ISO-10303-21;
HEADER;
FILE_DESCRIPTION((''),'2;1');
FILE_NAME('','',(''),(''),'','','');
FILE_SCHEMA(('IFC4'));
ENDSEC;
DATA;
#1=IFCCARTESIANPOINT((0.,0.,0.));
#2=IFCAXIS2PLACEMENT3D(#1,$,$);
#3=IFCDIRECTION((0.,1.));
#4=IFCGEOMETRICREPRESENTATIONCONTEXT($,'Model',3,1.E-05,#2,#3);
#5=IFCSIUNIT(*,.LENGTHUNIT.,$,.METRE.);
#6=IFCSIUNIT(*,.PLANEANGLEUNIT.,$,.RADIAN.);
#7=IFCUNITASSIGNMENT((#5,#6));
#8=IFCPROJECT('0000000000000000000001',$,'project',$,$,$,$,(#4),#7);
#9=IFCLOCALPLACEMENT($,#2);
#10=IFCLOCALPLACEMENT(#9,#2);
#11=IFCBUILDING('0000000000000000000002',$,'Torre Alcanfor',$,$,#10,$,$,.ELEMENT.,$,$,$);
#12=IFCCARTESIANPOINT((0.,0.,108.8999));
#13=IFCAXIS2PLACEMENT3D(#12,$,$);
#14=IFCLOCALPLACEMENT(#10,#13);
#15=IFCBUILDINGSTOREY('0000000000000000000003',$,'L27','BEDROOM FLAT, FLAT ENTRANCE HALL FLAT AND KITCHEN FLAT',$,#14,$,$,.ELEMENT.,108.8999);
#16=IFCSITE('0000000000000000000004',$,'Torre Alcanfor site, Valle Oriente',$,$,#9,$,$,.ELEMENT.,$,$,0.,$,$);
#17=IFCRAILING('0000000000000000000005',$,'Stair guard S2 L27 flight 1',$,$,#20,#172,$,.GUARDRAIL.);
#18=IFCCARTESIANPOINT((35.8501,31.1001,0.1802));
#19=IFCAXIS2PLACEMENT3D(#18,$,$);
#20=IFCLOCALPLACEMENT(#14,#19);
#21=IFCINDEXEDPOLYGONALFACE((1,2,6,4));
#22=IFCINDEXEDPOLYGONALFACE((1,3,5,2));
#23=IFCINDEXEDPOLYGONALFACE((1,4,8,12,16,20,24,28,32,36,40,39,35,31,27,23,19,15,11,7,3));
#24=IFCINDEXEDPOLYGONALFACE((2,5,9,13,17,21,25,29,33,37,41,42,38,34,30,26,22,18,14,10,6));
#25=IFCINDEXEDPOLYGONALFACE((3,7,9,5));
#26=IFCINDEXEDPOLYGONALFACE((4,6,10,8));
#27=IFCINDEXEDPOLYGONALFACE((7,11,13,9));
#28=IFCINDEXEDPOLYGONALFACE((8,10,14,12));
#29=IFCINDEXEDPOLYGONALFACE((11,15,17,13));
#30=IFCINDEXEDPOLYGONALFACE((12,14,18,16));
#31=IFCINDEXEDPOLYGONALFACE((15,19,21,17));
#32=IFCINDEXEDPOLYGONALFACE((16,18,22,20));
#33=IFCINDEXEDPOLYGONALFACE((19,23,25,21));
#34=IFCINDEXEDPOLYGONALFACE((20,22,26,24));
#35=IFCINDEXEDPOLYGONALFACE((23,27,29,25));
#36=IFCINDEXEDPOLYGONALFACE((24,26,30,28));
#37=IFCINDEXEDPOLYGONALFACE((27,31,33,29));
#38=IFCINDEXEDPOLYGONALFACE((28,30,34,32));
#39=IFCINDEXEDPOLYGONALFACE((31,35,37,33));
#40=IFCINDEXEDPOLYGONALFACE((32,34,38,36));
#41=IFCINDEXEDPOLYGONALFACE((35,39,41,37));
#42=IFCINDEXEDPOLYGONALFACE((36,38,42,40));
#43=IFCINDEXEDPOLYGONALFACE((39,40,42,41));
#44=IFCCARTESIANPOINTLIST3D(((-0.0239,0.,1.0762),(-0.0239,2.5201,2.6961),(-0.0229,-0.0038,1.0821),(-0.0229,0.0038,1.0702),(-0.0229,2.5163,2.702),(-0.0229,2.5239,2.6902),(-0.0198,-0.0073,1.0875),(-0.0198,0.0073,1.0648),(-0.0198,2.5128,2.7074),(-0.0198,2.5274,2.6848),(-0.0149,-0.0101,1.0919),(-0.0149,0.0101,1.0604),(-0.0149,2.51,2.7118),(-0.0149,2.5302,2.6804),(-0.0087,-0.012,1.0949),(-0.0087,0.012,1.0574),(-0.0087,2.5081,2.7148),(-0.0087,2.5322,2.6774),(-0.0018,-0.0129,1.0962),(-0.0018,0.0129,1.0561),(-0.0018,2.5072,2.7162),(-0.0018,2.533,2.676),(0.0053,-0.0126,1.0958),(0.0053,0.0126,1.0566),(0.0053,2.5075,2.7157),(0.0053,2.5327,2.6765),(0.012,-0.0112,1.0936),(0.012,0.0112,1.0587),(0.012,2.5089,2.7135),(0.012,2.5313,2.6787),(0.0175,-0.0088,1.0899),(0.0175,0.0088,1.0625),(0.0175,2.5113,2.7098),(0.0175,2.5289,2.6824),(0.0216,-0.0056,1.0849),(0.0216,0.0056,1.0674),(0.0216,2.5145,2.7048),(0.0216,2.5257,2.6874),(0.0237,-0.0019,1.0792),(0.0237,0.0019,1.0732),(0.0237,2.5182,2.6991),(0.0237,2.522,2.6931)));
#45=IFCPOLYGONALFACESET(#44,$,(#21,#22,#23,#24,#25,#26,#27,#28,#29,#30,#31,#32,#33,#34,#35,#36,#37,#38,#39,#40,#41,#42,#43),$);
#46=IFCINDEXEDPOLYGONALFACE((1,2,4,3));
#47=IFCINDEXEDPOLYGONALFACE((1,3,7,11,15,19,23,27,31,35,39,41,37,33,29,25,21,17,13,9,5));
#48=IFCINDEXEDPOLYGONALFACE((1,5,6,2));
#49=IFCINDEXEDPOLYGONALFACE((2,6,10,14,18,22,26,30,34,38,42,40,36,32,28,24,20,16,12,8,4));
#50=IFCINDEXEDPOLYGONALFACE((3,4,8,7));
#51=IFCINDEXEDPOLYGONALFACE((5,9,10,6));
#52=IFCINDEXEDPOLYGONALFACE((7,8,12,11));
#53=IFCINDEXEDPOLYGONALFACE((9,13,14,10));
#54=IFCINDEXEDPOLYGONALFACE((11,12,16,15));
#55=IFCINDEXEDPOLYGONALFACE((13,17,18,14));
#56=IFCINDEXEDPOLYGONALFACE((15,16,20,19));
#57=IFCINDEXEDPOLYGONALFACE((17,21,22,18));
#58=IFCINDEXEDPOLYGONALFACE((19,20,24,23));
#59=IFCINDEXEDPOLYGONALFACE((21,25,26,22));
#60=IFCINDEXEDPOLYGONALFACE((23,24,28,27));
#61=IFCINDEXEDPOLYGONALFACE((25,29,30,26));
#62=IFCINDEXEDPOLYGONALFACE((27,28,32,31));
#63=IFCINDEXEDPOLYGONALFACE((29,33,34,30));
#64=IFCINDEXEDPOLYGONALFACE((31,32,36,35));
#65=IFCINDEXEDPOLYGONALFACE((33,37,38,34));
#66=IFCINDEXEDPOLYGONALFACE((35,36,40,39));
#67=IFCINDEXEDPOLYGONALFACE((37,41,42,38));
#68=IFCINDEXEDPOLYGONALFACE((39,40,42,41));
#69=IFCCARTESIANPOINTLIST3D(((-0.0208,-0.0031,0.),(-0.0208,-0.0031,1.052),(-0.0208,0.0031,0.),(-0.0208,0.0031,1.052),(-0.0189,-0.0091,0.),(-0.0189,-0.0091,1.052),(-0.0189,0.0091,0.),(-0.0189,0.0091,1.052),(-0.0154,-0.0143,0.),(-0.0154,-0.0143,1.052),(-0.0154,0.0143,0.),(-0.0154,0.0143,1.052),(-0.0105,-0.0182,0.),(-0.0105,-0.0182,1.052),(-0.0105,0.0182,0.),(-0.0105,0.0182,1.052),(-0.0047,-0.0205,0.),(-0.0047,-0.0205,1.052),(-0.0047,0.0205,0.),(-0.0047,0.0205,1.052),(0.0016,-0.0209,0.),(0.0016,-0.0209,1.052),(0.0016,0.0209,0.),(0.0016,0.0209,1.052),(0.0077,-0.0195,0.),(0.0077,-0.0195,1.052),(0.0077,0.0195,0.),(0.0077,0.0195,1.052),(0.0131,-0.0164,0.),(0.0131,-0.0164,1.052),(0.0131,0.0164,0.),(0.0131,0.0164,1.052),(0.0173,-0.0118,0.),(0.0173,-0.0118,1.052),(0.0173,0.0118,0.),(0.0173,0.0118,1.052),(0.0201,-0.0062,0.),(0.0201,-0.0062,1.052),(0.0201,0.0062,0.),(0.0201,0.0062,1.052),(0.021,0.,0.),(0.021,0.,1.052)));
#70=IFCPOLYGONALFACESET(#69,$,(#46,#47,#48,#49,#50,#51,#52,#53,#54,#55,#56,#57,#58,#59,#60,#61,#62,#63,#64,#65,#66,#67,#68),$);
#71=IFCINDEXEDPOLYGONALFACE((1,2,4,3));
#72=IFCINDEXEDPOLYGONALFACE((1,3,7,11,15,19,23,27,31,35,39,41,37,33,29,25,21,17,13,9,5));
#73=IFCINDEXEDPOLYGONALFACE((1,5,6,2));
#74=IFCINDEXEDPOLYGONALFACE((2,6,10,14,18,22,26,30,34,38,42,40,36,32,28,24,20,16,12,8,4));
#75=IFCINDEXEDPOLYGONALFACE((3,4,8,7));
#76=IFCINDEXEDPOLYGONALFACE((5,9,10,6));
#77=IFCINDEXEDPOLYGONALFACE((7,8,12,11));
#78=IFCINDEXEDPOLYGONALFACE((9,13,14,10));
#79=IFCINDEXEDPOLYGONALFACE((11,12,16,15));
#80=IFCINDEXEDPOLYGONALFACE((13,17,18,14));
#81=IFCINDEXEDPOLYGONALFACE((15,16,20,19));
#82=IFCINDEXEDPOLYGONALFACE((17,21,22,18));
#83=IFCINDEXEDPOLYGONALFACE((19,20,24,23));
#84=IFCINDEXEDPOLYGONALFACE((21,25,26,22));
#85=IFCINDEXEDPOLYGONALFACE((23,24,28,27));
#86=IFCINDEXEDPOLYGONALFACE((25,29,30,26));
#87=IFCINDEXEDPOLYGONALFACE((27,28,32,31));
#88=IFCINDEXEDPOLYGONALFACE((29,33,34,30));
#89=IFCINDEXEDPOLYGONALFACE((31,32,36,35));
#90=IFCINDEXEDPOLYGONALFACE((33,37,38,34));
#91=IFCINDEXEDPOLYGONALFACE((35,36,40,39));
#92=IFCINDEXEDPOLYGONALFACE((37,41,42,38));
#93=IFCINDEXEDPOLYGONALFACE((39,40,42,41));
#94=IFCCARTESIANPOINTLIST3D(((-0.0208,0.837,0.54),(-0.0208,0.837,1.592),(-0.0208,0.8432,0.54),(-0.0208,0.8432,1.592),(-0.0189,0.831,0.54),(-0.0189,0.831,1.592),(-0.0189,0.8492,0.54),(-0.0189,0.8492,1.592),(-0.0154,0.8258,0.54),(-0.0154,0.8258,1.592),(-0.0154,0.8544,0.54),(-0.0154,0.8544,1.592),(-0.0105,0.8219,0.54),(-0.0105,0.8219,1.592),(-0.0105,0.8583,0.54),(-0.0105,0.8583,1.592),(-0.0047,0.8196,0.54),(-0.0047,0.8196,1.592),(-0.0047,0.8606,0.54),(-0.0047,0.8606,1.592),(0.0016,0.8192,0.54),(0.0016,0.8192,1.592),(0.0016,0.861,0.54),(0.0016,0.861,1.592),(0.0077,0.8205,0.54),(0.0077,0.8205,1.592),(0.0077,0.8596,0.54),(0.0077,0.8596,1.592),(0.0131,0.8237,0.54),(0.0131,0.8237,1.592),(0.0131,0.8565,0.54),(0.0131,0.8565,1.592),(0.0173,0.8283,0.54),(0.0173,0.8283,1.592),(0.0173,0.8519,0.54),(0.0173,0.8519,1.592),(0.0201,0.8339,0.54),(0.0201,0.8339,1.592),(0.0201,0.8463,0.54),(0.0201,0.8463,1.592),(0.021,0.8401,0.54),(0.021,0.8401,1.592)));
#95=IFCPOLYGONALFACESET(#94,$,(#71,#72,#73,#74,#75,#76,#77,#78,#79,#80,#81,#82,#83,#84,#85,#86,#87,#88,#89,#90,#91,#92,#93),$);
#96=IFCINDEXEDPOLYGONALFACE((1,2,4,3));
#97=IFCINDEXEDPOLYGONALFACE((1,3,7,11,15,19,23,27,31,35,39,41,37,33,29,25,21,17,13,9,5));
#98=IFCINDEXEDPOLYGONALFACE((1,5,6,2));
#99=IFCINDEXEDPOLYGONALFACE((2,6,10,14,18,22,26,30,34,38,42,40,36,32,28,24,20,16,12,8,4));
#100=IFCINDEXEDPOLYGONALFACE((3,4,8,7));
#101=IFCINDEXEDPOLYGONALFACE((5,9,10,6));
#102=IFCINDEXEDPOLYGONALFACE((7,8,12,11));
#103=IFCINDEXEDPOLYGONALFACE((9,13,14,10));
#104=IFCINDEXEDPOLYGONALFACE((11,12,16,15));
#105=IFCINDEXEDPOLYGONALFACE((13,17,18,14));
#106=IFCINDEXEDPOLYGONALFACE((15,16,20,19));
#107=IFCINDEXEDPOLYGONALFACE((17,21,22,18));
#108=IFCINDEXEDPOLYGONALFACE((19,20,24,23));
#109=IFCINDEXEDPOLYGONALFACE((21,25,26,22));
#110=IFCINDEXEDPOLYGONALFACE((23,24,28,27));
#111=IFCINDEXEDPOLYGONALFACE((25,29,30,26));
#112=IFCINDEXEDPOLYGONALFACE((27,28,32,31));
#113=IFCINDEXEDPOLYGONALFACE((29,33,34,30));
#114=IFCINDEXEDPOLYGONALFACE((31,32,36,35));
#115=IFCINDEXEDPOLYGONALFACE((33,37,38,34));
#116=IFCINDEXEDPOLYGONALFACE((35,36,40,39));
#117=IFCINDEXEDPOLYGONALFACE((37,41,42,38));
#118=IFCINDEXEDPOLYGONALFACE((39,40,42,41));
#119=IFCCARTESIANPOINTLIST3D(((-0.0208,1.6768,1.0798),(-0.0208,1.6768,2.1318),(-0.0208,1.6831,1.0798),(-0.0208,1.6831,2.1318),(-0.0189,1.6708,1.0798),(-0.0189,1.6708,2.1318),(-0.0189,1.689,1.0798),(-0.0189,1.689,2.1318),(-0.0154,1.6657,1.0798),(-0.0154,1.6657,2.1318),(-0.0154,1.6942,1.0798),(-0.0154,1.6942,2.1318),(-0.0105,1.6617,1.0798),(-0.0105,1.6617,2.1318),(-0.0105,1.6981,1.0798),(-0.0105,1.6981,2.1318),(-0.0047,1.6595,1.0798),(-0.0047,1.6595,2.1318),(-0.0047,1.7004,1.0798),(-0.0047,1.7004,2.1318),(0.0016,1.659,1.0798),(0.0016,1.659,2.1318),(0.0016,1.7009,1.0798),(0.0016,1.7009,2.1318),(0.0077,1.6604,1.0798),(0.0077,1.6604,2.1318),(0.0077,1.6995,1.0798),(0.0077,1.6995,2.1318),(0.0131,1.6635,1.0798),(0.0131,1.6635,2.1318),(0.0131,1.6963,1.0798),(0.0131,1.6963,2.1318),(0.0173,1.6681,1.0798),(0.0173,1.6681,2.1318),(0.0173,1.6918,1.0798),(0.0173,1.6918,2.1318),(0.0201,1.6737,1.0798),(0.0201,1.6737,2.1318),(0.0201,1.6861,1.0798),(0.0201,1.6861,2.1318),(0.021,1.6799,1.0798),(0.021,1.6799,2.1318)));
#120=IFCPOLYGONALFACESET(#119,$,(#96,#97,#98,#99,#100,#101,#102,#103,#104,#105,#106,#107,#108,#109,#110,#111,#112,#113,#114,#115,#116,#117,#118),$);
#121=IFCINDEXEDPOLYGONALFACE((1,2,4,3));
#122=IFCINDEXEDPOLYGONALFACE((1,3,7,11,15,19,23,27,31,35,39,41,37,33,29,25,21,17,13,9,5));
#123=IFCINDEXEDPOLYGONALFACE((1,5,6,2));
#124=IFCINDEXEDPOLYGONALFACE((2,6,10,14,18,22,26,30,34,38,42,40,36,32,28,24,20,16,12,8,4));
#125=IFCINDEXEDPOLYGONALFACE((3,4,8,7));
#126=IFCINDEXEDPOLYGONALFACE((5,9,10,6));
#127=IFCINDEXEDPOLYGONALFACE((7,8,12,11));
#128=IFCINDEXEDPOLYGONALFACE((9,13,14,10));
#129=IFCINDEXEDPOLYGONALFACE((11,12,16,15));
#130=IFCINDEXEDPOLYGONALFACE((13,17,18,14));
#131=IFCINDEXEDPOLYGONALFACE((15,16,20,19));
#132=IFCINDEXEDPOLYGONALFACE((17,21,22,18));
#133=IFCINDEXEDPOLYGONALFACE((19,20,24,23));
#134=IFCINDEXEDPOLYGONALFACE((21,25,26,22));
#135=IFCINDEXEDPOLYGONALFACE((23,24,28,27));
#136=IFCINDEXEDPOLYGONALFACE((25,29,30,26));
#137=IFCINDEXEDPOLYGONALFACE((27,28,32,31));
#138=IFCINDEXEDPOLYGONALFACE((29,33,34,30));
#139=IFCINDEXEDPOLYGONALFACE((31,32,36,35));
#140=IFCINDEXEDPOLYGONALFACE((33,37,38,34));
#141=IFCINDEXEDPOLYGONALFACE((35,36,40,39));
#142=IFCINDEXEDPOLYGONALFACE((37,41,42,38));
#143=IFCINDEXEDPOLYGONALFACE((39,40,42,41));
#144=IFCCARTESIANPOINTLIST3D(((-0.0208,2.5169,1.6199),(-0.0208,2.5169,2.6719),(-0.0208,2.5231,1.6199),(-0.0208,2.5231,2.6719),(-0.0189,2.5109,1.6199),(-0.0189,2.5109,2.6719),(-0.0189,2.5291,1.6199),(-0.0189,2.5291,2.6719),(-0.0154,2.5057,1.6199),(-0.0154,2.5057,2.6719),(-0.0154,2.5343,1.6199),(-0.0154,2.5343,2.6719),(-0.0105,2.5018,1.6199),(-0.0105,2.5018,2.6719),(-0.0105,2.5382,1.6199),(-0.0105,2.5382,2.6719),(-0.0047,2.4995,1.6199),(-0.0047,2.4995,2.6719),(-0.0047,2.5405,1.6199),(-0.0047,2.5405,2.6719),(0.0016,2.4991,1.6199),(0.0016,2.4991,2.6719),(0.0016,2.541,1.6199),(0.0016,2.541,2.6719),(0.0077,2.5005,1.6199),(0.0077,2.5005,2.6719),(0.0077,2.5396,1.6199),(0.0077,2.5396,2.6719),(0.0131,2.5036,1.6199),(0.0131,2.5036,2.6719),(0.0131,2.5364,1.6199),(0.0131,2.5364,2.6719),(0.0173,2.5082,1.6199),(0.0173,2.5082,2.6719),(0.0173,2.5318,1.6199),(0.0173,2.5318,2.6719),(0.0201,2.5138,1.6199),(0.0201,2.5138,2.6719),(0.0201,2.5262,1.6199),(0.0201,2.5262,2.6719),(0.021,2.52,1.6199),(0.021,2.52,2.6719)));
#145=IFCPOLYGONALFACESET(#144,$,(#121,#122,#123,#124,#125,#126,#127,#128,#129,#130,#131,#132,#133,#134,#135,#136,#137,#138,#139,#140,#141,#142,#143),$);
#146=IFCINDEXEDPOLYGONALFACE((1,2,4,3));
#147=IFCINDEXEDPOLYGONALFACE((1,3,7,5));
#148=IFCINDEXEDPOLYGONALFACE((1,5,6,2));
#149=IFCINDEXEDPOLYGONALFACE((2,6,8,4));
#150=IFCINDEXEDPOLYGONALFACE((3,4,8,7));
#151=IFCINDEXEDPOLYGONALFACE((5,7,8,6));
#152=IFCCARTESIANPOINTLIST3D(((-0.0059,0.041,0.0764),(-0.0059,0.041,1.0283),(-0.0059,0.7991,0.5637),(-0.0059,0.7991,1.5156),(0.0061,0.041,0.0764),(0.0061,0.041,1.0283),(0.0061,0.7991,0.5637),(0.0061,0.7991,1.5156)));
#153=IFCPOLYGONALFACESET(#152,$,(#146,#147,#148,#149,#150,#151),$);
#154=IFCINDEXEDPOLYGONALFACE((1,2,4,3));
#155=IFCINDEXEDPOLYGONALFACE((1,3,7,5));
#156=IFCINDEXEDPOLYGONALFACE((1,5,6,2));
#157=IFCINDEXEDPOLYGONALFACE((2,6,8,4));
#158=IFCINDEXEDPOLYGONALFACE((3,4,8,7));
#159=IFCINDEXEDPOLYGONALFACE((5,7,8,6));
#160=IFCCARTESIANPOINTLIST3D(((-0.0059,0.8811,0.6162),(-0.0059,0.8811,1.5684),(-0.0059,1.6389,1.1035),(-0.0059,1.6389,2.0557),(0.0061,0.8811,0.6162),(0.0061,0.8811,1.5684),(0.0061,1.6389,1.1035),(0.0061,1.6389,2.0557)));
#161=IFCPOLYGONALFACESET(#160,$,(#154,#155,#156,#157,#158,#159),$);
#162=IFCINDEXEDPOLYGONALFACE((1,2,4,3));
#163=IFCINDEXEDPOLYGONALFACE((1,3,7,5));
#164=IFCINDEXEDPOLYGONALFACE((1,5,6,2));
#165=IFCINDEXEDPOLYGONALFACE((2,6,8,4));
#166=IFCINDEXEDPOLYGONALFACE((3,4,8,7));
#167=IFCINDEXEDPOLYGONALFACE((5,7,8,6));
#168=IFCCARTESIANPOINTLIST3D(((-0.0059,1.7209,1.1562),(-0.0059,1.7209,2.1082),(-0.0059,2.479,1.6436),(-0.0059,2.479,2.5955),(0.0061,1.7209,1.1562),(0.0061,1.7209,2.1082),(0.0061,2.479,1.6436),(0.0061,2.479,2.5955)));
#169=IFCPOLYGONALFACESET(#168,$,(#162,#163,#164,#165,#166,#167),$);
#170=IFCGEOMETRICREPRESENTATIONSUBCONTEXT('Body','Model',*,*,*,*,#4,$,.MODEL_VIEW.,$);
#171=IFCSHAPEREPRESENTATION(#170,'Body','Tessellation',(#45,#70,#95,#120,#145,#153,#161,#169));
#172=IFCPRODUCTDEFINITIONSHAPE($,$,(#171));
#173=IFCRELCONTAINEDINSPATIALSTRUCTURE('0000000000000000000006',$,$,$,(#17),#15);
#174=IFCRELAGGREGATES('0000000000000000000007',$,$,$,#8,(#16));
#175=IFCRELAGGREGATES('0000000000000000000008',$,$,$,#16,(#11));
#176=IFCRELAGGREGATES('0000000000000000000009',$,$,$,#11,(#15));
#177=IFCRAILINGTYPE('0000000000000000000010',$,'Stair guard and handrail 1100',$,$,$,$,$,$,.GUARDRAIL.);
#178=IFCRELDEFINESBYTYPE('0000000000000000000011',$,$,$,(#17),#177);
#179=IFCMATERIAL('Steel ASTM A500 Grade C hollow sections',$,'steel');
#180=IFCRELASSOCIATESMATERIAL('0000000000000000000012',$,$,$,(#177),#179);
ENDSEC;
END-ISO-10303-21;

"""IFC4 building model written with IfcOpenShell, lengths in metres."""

from ifc_helpers import new_model, si_unit, direction, frame, origin, origin_2d, place, context, subcontext, project, spatial, polyline, circle, outline, extrude, material, type_object, element, save


model = new_model("IFC4")

# Units and contexts
model_context = context("Model", 3, precision=1e-05, world=origin(), true_north=direction((0.0, 1.0)))
body_context = subcontext(model_context, "Body", "Model", "MODEL_VIEW")
ifc_project = project(units=[si_unit("LENGTHUNIT", "METRE"), si_unit("PLANEANGLEUNIT", "RADIAN")], contexts=[model_context])

# Site, building, storey
site_placement = place(None, origin())
site = spatial("IfcSite", under=ifc_project, at=site_placement, Name="Torre Alcanfor site, Valle Oriente", CompositionType="ELEMENT", RefElevation=0.0)
building_placement = place(site_placement, origin())
building = spatial("IfcBuilding", under=site, at=building_placement, Name="Torre Alcanfor", CompositionType="ELEMENT")
storey_placement = place(building_placement, frame((0.0, 0.0, 108.8999)))
storey = spatial("IfcBuildingStorey", under=building, at=storey_placement, Name="L27", Description="BEDROOM FLAT, FLAT ENTRANCE HALL FLAT AND KITCHEN FLAT", CompositionType="ELEMENT", Elevation=108.8999)

# Railing
ifc_material_1 = material(Name="Steel ASTM A500 Grade C hollow sections", Category="steel")
railing_type_1 = type_object("IfcRailingType", Name="Stair guard and handrail 1100", PredefinedType="GUARDRAIL", material=ifc_material_1)
railing_1_placement = place(storey_placement, frame((35.8501, 31.1001, 0.1802)))
element("IfcRailing", 1, at=railing_1_placement, inside=storey, type_object=railing_type_1, Name="Stair guard S2 L27 flight 1", PredefinedType="GUARDRAIL", context=body_context, shape_type="SweptSolid", body=[
    extrude(circle(Radius=0.0239, at=origin_2d()), frame((0.0, 0.0, 1.0762), z_axis=(0.0, 0.8412, 0.540725), x_axis=(-1.0, 0.0, 0.0)), (0.0, 0.0, 1.0), 2.9958),
    extrude(circle(Radius=0.021, at=origin_2d()), origin(), (0.0, 0.0, 1.0), 1.052),
    extrude(circle(Radius=0.021, at=origin_2d()), frame((0.0, 0.8401, 0.54)), (0.0, 0.0, 1.0), 1.052),
    extrude(circle(Radius=0.021, at=origin_2d()), frame((0.0, 1.6799, 1.0798)), (0.0, 0.0, 1.0), 1.052),
    extrude(circle(Radius=0.021, at=origin_2d()), frame((0.0, 2.52, 1.6199)), (0.0, 0.0, 1.0), 1.052),
    extrude(outline(polyline([(0.041, 0.0764), (0.7991, 0.5637), (0.7991, 1.5156), (0.041, 1.0283), (0.041, 0.0764)])), frame((-0.0059, 0.0, 0.0), z_axis=(1.0, 0.0, 0.0), x_axis=(0.0, 1.0, 0.0)), (0.0, 0.0, 1.0), 0.012),
    extrude(outline(polyline([(0.8811, 0.6162), (1.6389, 1.1035), (1.6389, 2.0557), (0.8811, 1.5684), (0.8811, 0.6162)])), frame((-0.0059, 0.0, 0.0), z_axis=(1.0, 0.0, 0.0), x_axis=(0.0, 1.0, 0.0)), (0.0, 0.0, 1.0), 0.012),
    extrude(outline(polyline([(1.7209, 1.1562), (2.479, 1.6436), (2.479, 2.5955), (1.7209, 2.1082), (1.7209, 1.1562)])), frame((-0.0059, 0.0, 0.0), z_axis=(1.0, 0.0, 0.0), x_axis=(0.0, 1.0, 0.0)), (0.0, 0.0, 1.0), 0.012),
])

save(model, "model.ifc")
